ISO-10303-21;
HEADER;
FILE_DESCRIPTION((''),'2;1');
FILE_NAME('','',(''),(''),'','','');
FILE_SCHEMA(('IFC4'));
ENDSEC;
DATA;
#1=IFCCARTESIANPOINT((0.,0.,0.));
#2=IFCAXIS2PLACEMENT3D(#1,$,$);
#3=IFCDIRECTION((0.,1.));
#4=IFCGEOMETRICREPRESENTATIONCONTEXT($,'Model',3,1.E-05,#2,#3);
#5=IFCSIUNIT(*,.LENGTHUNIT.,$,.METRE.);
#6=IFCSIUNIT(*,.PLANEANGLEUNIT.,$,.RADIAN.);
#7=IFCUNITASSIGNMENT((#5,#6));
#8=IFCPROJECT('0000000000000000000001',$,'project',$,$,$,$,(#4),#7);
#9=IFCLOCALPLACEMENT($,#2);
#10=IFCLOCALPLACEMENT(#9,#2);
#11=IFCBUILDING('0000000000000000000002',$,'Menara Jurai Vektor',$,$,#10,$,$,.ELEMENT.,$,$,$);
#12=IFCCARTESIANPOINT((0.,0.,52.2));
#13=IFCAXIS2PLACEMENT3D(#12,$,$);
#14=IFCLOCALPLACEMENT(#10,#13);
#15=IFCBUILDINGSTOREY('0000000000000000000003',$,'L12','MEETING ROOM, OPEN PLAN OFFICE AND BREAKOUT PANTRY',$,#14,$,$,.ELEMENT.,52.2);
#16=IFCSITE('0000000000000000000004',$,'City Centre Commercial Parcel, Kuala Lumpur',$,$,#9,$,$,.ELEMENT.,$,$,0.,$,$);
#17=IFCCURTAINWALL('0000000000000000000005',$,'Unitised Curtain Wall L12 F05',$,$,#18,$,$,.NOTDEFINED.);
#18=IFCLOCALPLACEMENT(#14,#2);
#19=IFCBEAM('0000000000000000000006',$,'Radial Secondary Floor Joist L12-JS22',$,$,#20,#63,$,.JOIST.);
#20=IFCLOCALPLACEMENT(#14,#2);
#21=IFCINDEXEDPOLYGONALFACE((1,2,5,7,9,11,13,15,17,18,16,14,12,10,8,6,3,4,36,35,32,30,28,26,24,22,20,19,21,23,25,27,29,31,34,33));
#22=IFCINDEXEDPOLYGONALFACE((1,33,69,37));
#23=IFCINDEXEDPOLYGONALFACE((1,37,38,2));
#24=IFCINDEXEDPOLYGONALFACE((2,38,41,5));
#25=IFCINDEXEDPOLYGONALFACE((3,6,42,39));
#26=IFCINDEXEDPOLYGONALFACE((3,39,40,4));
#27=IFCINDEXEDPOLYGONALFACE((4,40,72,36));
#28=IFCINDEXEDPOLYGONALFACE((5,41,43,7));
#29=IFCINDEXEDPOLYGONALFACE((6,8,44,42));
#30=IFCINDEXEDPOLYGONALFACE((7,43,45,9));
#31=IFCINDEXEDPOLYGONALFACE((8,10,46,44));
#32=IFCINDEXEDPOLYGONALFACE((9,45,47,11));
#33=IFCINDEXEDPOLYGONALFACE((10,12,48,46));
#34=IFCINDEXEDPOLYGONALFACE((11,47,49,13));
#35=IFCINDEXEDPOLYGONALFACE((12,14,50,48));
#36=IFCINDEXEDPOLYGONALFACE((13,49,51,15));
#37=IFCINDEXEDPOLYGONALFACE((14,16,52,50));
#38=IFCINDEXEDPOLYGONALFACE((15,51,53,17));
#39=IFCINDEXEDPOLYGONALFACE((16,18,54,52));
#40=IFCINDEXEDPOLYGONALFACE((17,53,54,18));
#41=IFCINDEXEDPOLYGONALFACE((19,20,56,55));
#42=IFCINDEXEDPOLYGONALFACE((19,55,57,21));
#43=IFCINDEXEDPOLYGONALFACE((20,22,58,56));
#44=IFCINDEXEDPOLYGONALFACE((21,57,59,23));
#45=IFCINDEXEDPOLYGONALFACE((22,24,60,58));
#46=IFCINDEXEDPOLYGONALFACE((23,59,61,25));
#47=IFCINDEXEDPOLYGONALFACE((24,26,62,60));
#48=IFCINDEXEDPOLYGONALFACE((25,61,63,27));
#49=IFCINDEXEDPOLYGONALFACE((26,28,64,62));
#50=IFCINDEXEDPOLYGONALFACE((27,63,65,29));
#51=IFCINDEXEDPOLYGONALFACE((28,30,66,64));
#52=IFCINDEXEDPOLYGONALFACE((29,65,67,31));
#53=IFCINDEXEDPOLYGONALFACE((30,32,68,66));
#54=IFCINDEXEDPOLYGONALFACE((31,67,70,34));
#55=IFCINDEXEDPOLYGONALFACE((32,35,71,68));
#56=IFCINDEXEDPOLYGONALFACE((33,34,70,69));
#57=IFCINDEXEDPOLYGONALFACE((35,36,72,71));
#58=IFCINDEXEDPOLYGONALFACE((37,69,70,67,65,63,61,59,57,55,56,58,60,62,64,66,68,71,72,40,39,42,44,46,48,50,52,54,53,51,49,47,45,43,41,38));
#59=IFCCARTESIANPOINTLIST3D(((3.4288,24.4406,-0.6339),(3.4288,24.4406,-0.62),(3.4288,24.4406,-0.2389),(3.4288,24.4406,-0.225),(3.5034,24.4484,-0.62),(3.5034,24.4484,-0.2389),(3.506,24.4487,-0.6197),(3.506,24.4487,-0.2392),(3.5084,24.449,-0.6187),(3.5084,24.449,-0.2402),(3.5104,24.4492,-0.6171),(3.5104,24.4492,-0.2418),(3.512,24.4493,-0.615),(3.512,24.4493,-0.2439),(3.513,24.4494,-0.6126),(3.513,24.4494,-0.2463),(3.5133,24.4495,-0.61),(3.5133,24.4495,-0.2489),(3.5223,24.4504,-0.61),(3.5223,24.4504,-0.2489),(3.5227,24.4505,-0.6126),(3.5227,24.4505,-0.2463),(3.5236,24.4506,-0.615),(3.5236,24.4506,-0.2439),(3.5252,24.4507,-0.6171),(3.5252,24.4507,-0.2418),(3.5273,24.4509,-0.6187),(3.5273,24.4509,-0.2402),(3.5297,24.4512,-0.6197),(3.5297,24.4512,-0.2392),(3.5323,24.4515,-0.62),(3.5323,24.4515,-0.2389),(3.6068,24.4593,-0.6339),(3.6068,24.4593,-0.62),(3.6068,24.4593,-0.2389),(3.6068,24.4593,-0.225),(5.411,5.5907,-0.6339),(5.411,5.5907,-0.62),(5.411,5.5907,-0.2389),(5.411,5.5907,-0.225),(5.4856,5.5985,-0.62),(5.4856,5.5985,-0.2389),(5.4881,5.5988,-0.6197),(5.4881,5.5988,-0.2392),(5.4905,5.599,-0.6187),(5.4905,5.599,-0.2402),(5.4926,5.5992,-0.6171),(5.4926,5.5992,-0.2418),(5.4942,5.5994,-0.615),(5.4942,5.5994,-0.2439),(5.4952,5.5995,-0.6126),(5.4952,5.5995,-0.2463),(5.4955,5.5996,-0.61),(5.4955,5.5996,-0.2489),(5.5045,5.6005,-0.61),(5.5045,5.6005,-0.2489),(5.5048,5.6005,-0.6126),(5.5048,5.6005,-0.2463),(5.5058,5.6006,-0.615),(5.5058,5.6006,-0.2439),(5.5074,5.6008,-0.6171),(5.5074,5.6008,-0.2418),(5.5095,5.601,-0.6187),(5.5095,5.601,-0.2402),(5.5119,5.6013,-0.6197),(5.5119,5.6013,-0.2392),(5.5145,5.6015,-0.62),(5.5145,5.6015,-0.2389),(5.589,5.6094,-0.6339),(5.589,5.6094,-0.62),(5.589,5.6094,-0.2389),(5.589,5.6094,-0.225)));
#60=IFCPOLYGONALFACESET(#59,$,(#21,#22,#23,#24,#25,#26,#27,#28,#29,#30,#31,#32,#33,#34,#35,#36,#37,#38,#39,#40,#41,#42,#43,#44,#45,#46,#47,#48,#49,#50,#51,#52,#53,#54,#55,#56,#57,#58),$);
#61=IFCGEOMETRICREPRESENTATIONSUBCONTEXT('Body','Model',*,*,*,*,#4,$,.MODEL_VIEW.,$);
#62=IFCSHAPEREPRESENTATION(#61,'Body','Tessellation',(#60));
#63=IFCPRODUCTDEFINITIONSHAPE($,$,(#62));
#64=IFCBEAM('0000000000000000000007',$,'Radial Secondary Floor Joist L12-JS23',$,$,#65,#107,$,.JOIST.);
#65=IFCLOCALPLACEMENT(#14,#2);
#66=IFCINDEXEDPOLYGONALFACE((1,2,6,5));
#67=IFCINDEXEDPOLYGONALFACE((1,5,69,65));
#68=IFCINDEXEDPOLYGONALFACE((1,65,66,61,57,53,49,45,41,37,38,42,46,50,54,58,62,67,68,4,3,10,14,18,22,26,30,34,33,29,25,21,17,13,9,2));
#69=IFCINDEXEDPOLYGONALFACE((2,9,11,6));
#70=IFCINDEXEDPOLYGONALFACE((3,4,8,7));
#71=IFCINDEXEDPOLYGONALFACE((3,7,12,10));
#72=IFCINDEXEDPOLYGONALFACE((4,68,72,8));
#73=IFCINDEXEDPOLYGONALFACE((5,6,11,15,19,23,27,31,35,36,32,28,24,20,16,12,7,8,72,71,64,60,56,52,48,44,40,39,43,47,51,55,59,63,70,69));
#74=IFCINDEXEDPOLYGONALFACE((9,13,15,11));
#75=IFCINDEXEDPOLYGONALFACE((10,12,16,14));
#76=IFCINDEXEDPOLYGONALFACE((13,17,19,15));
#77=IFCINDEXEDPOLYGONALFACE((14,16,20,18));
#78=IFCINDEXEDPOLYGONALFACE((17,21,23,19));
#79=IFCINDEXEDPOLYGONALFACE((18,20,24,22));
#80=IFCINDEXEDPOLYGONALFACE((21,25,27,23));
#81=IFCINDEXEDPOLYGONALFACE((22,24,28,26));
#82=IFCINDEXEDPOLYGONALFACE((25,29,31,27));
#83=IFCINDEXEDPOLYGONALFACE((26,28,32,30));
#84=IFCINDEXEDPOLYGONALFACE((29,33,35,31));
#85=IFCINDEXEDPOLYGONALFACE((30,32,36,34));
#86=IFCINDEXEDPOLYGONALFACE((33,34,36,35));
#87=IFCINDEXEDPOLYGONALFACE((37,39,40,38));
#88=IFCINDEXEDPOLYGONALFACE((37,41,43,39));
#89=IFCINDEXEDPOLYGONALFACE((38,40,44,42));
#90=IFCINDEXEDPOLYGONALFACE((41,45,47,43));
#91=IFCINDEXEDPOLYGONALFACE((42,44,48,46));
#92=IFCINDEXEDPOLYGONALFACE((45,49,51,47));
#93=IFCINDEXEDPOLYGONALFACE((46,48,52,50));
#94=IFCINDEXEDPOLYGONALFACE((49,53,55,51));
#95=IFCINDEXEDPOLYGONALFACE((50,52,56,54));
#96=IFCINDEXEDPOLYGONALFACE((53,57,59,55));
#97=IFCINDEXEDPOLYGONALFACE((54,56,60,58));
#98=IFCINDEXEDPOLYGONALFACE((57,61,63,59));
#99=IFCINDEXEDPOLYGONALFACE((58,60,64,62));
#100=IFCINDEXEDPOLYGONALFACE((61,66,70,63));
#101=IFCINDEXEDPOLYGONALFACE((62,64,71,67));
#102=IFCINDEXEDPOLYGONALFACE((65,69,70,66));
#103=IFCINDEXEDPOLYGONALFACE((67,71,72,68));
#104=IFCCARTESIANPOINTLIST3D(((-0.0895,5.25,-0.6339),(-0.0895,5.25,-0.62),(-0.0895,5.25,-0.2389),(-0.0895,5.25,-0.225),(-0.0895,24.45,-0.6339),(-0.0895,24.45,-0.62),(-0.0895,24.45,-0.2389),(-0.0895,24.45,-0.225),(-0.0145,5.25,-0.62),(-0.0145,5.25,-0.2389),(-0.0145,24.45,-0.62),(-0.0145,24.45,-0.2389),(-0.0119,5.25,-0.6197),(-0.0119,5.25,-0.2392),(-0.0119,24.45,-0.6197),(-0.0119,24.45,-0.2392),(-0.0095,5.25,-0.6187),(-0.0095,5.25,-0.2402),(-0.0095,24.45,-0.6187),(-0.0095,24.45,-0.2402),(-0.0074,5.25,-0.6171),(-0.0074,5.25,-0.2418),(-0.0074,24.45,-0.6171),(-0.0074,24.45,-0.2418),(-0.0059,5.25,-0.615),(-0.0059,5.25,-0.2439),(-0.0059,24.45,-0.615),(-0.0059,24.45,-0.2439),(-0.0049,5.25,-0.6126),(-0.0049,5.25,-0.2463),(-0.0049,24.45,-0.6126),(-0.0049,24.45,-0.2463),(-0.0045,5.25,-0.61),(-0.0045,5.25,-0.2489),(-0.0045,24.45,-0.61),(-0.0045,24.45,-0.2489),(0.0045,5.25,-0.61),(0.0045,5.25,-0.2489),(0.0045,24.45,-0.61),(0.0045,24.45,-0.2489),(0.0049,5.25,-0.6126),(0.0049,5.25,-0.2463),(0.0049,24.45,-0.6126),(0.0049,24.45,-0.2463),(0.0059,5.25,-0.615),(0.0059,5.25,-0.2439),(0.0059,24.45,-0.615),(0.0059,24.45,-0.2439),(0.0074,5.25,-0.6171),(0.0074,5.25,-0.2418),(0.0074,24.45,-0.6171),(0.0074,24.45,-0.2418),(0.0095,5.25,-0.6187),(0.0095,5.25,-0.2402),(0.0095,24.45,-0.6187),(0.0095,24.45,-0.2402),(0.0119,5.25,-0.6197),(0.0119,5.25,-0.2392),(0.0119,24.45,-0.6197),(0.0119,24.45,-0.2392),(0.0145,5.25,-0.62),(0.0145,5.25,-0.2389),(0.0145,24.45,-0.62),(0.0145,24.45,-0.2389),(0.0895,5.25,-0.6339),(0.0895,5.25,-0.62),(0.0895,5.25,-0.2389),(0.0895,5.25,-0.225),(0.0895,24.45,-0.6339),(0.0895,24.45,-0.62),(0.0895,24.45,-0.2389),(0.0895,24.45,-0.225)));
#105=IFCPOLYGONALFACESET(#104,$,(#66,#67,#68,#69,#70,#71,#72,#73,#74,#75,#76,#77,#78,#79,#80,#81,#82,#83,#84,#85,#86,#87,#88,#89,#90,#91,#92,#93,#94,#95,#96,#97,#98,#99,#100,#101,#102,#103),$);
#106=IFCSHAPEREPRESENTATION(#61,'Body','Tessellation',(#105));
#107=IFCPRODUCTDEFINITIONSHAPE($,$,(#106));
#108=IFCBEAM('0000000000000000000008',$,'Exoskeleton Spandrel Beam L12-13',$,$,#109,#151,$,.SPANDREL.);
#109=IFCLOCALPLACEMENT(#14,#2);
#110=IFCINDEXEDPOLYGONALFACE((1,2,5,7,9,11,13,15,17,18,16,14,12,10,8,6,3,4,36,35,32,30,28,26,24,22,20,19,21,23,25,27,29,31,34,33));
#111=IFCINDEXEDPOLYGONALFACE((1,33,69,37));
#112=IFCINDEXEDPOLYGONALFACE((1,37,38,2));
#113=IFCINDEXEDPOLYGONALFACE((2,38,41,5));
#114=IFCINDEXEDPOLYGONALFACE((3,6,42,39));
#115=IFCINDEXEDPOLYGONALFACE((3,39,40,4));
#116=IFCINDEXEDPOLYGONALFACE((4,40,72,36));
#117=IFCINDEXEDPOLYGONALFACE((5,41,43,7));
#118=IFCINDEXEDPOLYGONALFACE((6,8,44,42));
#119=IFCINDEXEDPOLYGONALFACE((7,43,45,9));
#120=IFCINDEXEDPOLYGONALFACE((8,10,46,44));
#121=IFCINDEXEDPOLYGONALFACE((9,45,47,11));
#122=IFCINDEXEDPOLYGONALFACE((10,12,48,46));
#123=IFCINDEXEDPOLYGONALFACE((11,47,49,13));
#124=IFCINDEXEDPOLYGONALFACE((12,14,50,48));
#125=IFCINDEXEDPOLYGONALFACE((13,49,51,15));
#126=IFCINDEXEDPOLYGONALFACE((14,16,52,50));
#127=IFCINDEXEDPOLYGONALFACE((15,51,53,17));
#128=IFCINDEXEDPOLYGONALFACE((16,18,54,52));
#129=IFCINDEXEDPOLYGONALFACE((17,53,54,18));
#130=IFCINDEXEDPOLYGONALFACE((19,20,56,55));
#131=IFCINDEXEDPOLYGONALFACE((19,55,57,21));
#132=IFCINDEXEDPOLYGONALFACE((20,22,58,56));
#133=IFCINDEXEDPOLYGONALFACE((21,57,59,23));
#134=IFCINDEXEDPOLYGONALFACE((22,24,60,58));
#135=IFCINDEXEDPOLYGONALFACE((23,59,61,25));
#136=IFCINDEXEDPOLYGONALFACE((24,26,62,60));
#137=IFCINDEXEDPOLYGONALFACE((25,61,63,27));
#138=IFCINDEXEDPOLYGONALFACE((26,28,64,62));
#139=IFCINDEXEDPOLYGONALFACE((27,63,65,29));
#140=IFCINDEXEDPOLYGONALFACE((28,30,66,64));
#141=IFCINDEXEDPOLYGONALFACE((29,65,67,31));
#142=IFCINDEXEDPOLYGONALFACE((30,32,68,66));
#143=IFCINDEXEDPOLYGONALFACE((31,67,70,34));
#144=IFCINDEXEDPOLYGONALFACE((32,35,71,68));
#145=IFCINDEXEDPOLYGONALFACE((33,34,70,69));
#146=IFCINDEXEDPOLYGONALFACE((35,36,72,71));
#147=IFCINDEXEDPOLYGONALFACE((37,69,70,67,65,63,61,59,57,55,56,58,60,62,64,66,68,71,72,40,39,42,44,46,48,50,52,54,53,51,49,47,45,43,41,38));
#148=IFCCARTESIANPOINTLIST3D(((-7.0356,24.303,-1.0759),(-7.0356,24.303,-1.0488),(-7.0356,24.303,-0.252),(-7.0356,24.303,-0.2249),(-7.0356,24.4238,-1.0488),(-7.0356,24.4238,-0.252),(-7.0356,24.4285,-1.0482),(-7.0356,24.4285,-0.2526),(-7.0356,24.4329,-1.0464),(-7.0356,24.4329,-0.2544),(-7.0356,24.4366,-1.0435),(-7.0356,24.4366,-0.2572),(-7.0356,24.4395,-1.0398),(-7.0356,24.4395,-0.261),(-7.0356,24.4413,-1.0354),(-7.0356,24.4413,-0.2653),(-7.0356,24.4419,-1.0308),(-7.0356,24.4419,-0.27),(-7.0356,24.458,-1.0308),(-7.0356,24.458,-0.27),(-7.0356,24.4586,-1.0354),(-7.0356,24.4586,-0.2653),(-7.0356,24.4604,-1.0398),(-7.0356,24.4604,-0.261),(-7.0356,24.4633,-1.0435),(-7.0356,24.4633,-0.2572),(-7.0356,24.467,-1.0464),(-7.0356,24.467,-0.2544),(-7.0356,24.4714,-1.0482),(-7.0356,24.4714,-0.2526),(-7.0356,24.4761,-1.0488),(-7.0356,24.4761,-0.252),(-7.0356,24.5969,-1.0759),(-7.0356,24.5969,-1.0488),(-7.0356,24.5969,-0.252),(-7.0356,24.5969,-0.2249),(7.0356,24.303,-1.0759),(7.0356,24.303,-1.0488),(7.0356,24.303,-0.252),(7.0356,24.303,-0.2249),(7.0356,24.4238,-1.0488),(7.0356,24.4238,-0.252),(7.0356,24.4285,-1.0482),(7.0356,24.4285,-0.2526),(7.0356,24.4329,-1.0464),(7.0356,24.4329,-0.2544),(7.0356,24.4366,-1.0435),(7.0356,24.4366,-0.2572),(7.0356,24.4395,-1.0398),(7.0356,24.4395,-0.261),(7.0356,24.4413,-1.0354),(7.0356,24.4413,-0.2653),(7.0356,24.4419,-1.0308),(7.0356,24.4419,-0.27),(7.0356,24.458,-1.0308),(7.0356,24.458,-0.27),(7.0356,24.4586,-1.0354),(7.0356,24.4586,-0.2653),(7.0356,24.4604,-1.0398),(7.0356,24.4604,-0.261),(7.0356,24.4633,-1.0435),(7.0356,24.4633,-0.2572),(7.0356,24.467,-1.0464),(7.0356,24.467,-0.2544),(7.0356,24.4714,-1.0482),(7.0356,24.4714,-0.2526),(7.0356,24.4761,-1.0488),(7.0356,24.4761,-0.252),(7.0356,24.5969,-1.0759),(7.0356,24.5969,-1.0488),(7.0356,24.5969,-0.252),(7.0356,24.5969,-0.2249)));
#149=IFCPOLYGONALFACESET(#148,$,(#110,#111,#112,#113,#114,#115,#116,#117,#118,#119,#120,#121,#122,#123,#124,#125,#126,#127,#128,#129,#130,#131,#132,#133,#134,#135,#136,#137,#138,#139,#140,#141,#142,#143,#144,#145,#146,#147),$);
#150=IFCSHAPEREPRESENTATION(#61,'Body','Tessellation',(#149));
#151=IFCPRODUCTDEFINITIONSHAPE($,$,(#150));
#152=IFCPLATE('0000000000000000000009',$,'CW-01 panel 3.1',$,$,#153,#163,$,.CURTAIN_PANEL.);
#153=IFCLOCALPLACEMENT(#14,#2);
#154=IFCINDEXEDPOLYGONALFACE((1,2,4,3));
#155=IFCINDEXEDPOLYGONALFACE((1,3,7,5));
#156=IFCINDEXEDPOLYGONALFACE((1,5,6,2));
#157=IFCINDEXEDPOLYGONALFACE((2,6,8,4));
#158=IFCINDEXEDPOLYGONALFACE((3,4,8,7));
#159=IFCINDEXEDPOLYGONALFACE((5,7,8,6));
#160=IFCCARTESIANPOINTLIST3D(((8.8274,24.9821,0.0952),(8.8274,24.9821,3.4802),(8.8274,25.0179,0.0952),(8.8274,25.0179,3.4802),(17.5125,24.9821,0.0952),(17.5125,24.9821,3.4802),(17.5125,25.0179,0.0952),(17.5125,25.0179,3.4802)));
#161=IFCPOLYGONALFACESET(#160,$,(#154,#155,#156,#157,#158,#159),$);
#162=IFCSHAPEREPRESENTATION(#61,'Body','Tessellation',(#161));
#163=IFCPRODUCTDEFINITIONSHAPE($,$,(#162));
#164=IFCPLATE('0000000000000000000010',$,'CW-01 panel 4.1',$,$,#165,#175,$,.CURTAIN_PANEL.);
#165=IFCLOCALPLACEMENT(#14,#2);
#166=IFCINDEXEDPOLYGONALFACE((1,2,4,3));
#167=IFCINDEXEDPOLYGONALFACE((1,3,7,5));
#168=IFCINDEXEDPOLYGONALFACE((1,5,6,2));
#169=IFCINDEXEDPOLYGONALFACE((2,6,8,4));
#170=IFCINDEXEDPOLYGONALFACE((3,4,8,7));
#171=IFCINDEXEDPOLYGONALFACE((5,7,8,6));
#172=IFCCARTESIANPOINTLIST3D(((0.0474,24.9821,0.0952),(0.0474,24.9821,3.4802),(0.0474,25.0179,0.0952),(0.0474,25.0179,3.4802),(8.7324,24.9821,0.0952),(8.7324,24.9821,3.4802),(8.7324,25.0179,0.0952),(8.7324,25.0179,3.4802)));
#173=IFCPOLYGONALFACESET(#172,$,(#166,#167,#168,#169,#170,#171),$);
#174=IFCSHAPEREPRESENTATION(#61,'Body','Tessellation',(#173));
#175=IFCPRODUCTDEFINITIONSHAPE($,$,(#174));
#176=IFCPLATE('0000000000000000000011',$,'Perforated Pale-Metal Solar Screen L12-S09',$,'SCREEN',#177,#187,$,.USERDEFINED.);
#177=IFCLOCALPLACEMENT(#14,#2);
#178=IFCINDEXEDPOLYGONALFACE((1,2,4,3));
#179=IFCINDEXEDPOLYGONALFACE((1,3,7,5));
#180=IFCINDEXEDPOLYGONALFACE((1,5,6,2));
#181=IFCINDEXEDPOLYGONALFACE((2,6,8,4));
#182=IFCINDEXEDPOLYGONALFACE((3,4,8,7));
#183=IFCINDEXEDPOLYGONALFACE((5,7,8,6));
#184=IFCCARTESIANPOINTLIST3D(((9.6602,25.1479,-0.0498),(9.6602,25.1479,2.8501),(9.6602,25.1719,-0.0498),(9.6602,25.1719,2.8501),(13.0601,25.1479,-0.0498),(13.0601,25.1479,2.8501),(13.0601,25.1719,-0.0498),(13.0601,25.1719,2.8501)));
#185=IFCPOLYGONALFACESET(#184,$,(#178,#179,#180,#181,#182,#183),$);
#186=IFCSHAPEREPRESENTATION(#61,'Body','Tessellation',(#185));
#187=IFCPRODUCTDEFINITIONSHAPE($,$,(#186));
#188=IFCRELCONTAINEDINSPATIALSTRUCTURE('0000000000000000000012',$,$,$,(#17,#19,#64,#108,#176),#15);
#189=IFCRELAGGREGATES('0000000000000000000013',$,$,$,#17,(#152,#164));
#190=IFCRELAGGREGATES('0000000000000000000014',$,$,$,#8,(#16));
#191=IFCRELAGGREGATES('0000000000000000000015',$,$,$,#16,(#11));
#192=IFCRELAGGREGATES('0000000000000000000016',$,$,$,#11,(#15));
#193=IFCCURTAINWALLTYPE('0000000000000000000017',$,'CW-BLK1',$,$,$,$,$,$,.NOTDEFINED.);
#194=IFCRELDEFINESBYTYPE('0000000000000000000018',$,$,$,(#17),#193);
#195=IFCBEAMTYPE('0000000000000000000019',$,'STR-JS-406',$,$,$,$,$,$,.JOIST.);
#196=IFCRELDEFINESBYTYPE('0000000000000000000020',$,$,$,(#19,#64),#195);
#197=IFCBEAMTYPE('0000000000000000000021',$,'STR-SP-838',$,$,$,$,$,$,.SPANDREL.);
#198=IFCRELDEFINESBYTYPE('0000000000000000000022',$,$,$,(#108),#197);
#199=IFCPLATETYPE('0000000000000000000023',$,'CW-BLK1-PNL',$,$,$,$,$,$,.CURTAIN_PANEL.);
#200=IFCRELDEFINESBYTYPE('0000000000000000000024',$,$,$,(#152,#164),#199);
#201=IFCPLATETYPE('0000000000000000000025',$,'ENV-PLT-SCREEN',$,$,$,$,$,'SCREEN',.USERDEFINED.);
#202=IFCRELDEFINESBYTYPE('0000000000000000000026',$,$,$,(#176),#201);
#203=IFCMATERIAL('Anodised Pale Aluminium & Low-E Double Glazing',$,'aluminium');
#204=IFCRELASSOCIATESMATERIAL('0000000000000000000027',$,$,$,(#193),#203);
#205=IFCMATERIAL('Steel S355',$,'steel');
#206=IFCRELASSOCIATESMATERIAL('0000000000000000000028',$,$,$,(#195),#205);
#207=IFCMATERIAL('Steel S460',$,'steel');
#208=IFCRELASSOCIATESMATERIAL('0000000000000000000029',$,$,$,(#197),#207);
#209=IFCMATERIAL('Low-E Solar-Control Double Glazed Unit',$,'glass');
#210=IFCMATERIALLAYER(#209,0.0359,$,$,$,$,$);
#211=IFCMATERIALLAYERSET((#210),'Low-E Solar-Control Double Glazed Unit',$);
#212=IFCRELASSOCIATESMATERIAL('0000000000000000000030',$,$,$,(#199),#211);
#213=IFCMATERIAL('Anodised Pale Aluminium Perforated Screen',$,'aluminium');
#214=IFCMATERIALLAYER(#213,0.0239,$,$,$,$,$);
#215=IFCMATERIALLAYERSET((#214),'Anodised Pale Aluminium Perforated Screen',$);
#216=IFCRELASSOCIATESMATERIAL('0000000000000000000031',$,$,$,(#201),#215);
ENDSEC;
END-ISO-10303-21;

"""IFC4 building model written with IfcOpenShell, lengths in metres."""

from ifc_helpers import new_model, si_unit, direction, frame, origin, origin_2d, place, context, subcontext, project, spatial, rectangle, i_section, extrude, material, layer, layer_set, material_profile, profile_set, type_object, element, aggregate, save


model = new_model("IFC4")

# Units and contexts
model_context = context("Model", 3, precision=1e-05, world=origin(), true_north=direction((0.0, 1.0)))
body_context = subcontext(model_context, "Body", "Model", "MODEL_VIEW")
ifc_project = project(units=[si_unit("LENGTHUNIT", "METRE"), si_unit("PLANEANGLEUNIT", "RADIAN")], contexts=[model_context])

# Site, building, storey
site_placement = place(None, origin())
site = spatial("IfcSite", under=ifc_project, at=site_placement, Name="City Centre Commercial Parcel, Kuala Lumpur", CompositionType="ELEMENT", RefElevation=0.0)
building_placement = place(site_placement, origin())
building = spatial("IfcBuilding", under=site, at=building_placement, Name="Menara Jurai Vektor", CompositionType="ELEMENT")
storey_placement = place(building_placement, frame((0.0, 0.0, 52.2)))
storey = spatial("IfcBuildingStorey", under=building, at=storey_placement, Name="L12", Description="MEETING ROOM, OPEN PLAN OFFICE AND BREAKOUT PANTRY", CompositionType="ELEMENT", Elevation=52.2)

# Shared definitions
ifc_material_1 = material(Name="Steel S460", Category="steel")

# Curtain wall
ifc_material_2 = material(Name="Anodised Pale Aluminium & Low-E Double Glazing", Category="aluminium")
curtain_wall_type = type_object("IfcCurtainWallType", Name="CW-BLK1", PredefinedType="NOTDEFINED", material=ifc_material_2)
curtain_wall_placement = place(storey_placement, origin())
curtain_wall = element("IfcCurtainWall", 1, at=curtain_wall_placement, inside=storey, type_object=curtain_wall_type, Name="Unitised Curtain Wall L12 F05", PredefinedType="NOTDEFINED")

# Beams
ifc_material_3 = material(Name="Steel S355", Category="steel")
ifc_material_profile_1 = material_profile(ifc_material_3, i_section(OverallWidth=0.179, OverallDepth=0.4089, WebThickness=0.009, FlangeThickness=0.0139, FilletRadius=0.01, at=origin_2d()), Name="UKB 406x178x67")
ifc_profile_set_1 = profile_set([ifc_material_profile_1], Name="Steel S355")
beam_type_1 = type_object("IfcBeamType", Name="STR-JS-406", PredefinedType="JOIST", material=ifc_profile_set_1)
beam_1_placement = place(storey_placement, frame((3.5178, 24.45, -0.4294), z_axis=(0.10458, -0.994517, 0.0), x_axis=(0.994517, 0.10458, 0.0)))
element("IfcBeam", 2, at=beam_1_placement, inside=storey, type_object=beam_type_1, Name="Radial Secondary Floor Joist L12-JS22", PredefinedType="JOIST", context=body_context, shape_type="SweptSolid", body=[
    extrude(i_section(OverallWidth=0.179, OverallDepth=0.4089, WebThickness=0.009, FlangeThickness=0.0139, FilletRadius=0.01, at=origin_2d()), origin(), (0.0, 0.0, 1.0), 18.9539),
])
beam_2_placement = place(storey_placement, frame((0.0, 24.45, -0.4294), z_axis=(0.0, -1.0, 0.0), x_axis=(1.0, 0.0, 0.0)))
element("IfcBeam", 3, at=beam_2_placement, inside=storey, type_object=beam_type_1, Name="Radial Secondary Floor Joist L12-JS23", PredefinedType="JOIST", context=body_context, shape_type="SweptSolid", body=[
    extrude(i_section(OverallWidth=0.179, OverallDepth=0.4089, WebThickness=0.009, FlangeThickness=0.0139, FilletRadius=0.01, at=origin_2d()), origin(), (0.0, 0.0, 1.0), 19.2),
])
ifc_material_profile_2 = material_profile(ifc_material_1, i_section(OverallWidth=0.2939, OverallDepth=0.8511, WebThickness=0.0161, FlangeThickness=0.0271, FilletRadius=0.0181, at=origin_2d()), Name="UKB 838x292x226")
ifc_profile_set_2 = profile_set([ifc_material_profile_2], Name="Steel S460")
beam_type_2 = type_object("IfcBeamType", Name="STR-SP-838", PredefinedType="SPANDREL", material=ifc_profile_set_2)
beam_3_placement = place(storey_placement, frame((7.0356, 24.45, -0.6504), z_axis=(-1.0, 0.0, 0.0), x_axis=(0.0, -1.0, 0.0)))
element("IfcBeam", 4, at=beam_3_placement, inside=storey, type_object=beam_type_2, Name="Exoskeleton Spandrel Beam L12-13", PredefinedType="SPANDREL", context=body_context, shape_type="SweptSolid", body=[
    extrude(i_section(OverallWidth=0.2939, OverallDepth=0.8511, WebThickness=0.0161, FlangeThickness=0.0271, FilletRadius=0.0181, at=origin_2d()), origin(), (0.0, 0.0, 1.0), 14.0713),
])

# Plates
ifc_material_4 = material(Name="Low-E Solar-Control Double Glazed Unit", Category="glass")
ifc_layer_1 = layer(ifc_material_4, 0.0359)
ifc_layer_set_1 = layer_set([ifc_layer_1], Name="Low-E Solar-Control Double Glazed Unit")
plate_type_1 = type_object("IfcPlateType", Name="CW-BLK1-PNL", PredefinedType="CURTAIN_PANEL", material=ifc_layer_set_1)
plate_1_placement = place(storey_placement, frame((13.1699, 25.0, 0.0952), z_axis=(0.0, 0.0, 1.0), x_axis=(-1.0, 0.0, 0.0)))
plate_1 = element("IfcPlate", 5, at=plate_1_placement, type_object=plate_type_1, Name="CW-01 panel 3.1", PredefinedType="CURTAIN_PANEL", context=body_context, shape_type="SweptSolid", body=[
    extrude(rectangle(XDim=8.6851, YDim=0.0359, at=origin_2d()), origin(), (0.0, 0.0, 1.0), 3.385),
])
plate_2_placement = place(storey_placement, frame((4.3899, 25.0, 0.0952), z_axis=(0.0, 0.0, 1.0), x_axis=(-1.0, 0.0, 0.0)))
plate_2 = element("IfcPlate", 6, at=plate_2_placement, type_object=plate_type_1, Name="CW-01 panel 4.1", PredefinedType="CURTAIN_PANEL", context=body_context, shape_type="SweptSolid", body=[
    extrude(rectangle(XDim=8.6851, YDim=0.0359, at=origin_2d()), origin(), (0.0, 0.0, 1.0), 3.385),
])
aggregate(curtain_wall, [plate_1, plate_2])
ifc_material_5 = material(Name="Anodised Pale Aluminium Perforated Screen", Category="aluminium")
ifc_layer_2 = layer(ifc_material_5, 0.0239)
ifc_layer_set_2 = layer_set([ifc_layer_2], Name="Anodised Pale Aluminium Perforated Screen")
plate_type_2 = type_object("IfcPlateType", Name="ENV-PLT-SCREEN", ElementType="SCREEN", PredefinedType="USERDEFINED", material=ifc_layer_set_2)
plate_3_placement = place(storey_placement, frame((11.3601, 25.1599, -0.0498), z_axis=(0.0, 0.0, 1.0), x_axis=(-1.0, 0.0, 0.0)))
element("IfcPlate", 7, at=plate_3_placement, inside=storey, type_object=plate_type_2, Name="Perforated Pale-Metal Solar Screen L12-S09", ObjectType="SCREEN", PredefinedType="USERDEFINED", context=body_context, shape_type="SweptSolid", body=[
    extrude(rectangle(XDim=3.3999, YDim=0.0239, at=origin_2d()), origin(), (0.0, 0.0, 1.0), 2.8999),
])

save(model, "model.ifc")
